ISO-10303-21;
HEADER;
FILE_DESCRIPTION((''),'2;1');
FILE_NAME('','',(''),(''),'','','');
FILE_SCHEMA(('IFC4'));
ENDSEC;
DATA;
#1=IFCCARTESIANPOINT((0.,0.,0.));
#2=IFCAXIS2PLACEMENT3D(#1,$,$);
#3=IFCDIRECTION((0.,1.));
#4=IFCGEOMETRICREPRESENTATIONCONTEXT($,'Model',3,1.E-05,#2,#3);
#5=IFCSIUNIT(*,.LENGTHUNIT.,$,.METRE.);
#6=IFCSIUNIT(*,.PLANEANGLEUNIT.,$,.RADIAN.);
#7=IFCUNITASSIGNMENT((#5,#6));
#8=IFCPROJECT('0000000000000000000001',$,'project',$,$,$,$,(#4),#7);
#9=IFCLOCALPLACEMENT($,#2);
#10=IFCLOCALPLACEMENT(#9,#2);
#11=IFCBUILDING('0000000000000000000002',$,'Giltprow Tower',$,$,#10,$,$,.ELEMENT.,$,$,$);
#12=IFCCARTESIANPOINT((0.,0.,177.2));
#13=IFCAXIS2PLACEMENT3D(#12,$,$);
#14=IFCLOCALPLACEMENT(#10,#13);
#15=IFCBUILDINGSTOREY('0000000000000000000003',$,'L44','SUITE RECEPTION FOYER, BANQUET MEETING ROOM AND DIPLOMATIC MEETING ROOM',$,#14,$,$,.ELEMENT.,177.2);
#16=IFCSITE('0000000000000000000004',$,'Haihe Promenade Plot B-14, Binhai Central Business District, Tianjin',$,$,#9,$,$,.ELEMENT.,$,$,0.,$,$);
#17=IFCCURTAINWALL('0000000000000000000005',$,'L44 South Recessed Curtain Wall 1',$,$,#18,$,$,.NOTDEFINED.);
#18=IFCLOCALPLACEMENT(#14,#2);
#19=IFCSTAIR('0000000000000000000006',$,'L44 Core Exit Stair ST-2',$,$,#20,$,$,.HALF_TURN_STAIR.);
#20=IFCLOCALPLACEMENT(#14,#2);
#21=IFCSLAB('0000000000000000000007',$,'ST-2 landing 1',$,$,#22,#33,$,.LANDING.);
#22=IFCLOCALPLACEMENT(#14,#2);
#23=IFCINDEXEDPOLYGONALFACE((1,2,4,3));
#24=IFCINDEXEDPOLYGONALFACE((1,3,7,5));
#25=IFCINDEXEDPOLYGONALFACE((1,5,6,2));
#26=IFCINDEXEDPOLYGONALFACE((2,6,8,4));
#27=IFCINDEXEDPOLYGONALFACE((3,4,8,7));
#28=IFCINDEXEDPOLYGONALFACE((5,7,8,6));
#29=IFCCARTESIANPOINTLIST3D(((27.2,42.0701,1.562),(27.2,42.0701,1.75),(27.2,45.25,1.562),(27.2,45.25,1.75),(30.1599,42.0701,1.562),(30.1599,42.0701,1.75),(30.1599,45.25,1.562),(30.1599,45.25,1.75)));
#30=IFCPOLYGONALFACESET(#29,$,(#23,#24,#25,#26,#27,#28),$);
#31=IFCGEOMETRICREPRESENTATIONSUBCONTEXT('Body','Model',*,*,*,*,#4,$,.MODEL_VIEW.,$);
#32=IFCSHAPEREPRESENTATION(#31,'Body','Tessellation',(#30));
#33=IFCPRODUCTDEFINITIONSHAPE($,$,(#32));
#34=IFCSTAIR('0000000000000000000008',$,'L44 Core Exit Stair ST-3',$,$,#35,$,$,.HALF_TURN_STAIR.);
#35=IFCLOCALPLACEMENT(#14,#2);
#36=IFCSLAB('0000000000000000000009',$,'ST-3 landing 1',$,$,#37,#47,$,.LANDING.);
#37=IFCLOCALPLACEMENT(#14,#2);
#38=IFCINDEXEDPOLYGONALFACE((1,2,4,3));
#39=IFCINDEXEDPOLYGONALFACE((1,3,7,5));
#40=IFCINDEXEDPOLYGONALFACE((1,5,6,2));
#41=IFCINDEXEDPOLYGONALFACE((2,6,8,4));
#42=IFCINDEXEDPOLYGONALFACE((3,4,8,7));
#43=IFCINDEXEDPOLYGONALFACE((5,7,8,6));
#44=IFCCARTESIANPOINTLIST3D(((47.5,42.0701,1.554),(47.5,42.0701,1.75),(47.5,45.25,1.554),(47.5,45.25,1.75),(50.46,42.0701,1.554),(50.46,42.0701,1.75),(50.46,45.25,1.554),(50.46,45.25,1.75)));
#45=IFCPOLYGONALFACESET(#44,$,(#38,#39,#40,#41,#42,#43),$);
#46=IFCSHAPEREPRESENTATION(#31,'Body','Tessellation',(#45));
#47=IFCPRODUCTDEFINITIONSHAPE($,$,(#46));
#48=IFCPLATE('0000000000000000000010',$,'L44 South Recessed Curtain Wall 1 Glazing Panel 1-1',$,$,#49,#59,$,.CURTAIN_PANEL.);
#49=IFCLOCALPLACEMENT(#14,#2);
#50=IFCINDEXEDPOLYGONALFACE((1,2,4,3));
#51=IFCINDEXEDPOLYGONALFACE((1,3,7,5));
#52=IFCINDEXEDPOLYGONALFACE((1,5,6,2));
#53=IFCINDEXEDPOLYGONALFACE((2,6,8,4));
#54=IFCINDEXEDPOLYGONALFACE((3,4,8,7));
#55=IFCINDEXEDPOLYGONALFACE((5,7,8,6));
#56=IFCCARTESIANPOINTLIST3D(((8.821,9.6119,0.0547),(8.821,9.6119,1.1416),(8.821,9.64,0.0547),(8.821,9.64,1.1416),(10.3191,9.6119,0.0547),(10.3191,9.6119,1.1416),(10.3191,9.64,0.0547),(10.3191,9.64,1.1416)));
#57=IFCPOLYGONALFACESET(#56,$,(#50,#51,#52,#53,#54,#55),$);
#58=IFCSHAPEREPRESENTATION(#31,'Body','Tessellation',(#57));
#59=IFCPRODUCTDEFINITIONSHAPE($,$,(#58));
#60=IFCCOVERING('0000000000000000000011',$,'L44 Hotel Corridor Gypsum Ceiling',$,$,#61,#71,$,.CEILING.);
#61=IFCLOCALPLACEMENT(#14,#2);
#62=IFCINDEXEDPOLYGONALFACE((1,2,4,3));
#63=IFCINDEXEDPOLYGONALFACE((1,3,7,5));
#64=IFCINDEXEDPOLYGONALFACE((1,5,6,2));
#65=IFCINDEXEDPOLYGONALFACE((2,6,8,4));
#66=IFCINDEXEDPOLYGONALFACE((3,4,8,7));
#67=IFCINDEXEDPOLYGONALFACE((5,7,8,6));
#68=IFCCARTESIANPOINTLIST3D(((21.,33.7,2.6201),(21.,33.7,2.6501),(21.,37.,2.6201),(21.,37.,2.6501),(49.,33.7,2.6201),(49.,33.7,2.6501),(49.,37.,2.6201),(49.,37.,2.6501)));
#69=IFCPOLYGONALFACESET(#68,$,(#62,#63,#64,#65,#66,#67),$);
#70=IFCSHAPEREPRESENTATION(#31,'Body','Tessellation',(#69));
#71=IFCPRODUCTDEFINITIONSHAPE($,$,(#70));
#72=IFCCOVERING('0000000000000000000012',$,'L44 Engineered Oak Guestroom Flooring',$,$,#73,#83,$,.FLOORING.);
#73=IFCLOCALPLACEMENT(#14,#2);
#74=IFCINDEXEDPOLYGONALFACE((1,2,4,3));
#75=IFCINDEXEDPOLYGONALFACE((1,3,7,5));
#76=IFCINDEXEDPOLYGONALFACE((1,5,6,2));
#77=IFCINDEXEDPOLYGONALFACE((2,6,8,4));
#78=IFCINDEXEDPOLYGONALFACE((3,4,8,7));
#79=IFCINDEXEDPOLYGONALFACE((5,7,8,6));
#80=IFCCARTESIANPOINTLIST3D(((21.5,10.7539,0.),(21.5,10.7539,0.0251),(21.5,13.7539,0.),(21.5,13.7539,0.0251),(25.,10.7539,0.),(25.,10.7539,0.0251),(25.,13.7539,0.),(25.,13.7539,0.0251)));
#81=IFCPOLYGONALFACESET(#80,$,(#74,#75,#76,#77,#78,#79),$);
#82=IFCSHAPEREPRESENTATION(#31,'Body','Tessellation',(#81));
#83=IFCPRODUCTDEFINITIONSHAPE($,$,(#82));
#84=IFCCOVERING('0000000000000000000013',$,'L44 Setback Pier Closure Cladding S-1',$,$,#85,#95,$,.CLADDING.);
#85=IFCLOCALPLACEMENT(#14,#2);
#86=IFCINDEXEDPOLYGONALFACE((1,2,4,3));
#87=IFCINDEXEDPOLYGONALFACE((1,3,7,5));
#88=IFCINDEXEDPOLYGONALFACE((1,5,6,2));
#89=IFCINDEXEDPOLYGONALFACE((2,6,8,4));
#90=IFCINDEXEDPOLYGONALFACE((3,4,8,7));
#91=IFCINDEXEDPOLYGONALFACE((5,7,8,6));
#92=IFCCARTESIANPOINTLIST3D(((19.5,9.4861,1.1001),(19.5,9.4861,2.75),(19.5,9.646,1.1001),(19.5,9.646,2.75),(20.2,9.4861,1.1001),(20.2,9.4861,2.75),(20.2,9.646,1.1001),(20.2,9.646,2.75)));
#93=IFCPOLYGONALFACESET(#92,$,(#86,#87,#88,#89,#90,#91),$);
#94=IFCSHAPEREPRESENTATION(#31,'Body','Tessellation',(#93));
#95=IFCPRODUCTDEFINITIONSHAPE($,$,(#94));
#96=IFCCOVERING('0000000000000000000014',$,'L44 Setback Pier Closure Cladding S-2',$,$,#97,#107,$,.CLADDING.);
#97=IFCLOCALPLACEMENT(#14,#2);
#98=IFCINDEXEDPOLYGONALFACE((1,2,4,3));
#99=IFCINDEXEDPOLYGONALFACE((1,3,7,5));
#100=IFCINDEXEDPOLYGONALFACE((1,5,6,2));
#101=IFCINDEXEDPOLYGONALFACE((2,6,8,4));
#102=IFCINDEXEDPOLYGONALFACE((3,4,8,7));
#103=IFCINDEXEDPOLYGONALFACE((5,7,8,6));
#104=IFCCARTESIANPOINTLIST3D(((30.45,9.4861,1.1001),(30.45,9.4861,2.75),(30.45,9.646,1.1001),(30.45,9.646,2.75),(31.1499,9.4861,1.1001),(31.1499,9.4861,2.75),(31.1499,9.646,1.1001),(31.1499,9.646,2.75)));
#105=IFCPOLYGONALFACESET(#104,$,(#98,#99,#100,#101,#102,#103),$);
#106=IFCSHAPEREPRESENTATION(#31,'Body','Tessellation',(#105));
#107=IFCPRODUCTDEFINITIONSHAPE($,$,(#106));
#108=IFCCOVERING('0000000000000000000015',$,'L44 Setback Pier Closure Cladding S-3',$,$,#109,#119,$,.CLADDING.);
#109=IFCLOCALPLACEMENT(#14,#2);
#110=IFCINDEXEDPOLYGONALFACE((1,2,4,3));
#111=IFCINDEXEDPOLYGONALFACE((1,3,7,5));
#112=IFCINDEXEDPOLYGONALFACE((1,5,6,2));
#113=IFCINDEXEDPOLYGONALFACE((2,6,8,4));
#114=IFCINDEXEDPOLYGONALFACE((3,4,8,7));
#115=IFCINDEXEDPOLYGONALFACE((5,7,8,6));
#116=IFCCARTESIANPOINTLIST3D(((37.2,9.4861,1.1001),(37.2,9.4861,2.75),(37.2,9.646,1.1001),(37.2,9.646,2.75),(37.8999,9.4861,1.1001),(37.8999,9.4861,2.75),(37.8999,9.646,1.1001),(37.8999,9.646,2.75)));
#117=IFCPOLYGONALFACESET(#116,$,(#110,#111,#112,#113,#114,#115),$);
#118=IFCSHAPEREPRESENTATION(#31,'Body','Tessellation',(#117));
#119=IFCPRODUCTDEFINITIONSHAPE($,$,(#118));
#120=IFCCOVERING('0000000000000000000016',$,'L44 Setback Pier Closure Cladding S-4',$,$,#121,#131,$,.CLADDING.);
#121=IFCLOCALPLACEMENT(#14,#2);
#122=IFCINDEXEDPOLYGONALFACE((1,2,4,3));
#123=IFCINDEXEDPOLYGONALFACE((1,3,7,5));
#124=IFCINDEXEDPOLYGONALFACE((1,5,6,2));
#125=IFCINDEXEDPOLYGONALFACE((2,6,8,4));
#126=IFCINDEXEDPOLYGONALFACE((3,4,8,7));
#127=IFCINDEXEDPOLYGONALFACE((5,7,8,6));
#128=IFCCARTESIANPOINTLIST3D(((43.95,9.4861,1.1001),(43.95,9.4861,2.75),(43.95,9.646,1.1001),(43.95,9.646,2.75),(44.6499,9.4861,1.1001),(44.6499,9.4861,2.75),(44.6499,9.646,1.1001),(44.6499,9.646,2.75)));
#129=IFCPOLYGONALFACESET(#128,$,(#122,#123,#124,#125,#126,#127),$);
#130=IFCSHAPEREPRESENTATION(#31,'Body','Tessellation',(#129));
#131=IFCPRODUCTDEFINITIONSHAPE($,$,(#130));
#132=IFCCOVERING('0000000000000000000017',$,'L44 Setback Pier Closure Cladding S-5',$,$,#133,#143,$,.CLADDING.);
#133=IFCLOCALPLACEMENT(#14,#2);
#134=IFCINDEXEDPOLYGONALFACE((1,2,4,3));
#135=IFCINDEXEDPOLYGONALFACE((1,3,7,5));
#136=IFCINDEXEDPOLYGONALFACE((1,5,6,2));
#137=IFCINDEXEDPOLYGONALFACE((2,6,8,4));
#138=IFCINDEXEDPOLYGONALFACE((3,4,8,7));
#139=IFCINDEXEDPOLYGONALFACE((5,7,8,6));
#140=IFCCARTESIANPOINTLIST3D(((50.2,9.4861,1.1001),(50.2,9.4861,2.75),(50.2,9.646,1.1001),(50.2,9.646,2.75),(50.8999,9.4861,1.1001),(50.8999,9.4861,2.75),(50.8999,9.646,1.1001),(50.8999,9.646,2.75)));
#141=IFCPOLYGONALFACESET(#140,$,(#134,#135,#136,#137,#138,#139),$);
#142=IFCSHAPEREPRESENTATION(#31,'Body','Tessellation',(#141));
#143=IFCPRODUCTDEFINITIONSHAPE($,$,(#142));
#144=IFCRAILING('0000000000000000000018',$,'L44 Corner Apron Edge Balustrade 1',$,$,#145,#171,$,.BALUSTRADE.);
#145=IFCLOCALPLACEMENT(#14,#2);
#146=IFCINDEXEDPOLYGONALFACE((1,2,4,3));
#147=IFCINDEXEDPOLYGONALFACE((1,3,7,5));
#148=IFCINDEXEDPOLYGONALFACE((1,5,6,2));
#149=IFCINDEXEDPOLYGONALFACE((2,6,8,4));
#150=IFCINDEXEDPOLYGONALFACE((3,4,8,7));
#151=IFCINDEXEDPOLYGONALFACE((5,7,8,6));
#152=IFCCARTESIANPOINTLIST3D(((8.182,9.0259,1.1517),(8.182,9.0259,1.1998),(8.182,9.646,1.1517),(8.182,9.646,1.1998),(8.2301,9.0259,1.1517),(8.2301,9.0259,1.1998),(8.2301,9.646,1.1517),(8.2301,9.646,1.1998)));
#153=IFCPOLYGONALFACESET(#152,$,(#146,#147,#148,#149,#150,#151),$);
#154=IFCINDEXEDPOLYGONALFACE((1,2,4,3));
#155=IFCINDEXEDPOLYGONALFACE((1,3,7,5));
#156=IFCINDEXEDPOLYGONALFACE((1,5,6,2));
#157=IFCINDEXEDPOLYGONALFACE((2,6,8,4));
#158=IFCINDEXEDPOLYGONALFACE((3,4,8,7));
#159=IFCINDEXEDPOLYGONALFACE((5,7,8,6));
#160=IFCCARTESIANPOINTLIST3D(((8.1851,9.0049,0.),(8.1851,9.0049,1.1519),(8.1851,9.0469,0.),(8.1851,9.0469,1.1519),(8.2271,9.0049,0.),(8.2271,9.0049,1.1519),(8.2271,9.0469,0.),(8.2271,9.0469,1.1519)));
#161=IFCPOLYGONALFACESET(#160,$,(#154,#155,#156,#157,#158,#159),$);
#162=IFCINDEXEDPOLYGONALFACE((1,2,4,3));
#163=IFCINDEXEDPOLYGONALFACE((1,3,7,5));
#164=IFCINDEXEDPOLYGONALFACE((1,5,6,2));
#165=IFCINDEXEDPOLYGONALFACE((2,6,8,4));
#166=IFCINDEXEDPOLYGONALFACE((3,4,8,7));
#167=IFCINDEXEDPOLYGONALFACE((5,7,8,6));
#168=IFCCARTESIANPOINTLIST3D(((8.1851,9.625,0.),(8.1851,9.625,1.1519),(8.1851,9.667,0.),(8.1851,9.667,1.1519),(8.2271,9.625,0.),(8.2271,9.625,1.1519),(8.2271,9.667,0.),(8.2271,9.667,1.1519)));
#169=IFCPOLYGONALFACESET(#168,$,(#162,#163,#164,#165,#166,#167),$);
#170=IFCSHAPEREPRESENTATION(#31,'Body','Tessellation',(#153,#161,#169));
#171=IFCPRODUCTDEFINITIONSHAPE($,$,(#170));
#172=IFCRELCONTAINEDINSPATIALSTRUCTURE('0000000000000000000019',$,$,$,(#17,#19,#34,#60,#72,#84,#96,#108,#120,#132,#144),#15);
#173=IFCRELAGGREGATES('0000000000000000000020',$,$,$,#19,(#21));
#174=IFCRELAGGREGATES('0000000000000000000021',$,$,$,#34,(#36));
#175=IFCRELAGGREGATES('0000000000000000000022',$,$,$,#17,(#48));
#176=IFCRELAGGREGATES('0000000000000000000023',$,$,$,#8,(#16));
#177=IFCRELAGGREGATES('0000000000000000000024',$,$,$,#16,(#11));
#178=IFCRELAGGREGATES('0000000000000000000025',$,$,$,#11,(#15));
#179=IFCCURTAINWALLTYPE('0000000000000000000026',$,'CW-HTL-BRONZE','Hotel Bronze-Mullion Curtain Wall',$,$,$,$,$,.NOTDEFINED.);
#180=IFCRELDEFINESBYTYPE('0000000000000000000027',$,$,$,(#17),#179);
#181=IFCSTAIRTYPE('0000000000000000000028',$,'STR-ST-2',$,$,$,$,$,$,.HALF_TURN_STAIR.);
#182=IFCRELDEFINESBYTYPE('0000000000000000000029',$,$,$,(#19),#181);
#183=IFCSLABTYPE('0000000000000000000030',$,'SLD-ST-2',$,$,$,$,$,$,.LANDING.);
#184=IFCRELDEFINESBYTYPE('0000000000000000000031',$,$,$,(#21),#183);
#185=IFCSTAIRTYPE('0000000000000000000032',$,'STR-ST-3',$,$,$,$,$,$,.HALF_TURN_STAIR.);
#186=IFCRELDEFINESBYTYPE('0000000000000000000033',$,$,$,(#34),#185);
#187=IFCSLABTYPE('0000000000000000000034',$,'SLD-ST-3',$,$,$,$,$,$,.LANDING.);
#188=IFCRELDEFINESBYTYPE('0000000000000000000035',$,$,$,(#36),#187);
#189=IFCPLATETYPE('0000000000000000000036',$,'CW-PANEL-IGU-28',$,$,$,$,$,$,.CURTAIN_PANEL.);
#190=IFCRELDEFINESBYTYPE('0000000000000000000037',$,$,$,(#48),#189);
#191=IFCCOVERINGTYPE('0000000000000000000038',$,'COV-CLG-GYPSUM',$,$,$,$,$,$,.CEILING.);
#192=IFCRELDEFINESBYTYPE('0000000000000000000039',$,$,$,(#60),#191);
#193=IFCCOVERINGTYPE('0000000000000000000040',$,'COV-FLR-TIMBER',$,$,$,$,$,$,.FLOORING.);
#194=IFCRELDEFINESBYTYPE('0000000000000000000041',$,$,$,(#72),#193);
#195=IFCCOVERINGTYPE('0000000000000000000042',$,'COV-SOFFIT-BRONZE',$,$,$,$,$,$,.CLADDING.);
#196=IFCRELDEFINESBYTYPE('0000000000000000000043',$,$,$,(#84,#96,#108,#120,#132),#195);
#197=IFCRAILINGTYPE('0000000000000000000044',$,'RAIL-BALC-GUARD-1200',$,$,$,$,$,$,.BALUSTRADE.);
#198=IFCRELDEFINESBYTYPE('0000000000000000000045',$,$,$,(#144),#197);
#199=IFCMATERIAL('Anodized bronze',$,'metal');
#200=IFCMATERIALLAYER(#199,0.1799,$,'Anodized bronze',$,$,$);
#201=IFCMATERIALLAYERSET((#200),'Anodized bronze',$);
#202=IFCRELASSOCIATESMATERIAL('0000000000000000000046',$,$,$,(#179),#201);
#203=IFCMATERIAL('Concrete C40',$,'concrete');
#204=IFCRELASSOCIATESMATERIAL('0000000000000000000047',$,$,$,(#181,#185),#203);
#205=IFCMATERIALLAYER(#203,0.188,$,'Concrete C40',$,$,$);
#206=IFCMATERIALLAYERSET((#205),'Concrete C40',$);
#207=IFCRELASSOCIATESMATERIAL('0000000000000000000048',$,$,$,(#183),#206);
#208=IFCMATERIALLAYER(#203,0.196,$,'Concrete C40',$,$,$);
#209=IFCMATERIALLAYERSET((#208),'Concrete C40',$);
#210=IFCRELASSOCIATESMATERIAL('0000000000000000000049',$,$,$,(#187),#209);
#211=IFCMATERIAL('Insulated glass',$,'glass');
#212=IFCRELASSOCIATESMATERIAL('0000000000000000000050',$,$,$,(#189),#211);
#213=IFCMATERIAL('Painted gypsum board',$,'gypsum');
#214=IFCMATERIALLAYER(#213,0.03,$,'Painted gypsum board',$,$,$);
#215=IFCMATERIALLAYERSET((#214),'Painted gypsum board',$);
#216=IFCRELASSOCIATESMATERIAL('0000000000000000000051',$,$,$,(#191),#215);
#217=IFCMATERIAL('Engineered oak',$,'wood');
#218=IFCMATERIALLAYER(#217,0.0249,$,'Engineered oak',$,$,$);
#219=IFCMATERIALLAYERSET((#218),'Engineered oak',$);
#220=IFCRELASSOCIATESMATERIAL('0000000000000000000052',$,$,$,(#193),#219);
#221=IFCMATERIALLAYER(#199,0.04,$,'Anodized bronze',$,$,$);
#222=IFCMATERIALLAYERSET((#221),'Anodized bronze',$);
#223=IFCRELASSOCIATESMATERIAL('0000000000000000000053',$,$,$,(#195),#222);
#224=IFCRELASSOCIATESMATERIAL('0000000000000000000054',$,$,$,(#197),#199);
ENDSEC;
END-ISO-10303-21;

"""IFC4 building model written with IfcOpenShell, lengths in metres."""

from ifc_helpers import new_model, si_unit, direction, frame, origin, origin_2d, place, context, subcontext, project, spatial, polyline, rectangle, outline, extrude, source, transform, mapped, material, layer, layer_set, type_object, element, aggregate, save


model = new_model("IFC4")

# Units and contexts
model_context = context("Model", 3, precision=1e-05, world=origin(), true_north=direction((0.0, 1.0)))
body_context = subcontext(model_context, "Body", "Model", "MODEL_VIEW")
ifc_project = project(units=[si_unit("LENGTHUNIT", "METRE"), si_unit("PLANEANGLEUNIT", "RADIAN")], contexts=[model_context])

# Site, building, storey
site_placement = place(None, origin())
site = spatial("IfcSite", under=ifc_project, at=site_placement, Name="Haihe Promenade Plot B-14, Binhai Central Business District, Tianjin", CompositionType="ELEMENT", RefElevation=0.0)
building_placement = place(site_placement, origin())
building = spatial("IfcBuilding", under=site, at=building_placement, Name="Giltprow Tower", CompositionType="ELEMENT")
storey_placement = place(building_placement, frame((0.0, 0.0, 177.2)))
storey = spatial("IfcBuildingStorey", under=building, at=storey_placement, Name="L44", Description="SUITE RECEPTION FOYER, BANQUET MEETING ROOM AND DIPLOMATIC MEETING ROOM", CompositionType="ELEMENT", Elevation=177.2)

# Curtain wall
ifc_material_1 = material(Name="Anodized bronze", Category="metal")
ifc_layer_1 = layer(ifc_material_1, 0.1799, Name="Anodized bronze")
ifc_layer_set_1 = layer_set([ifc_layer_1], Name="Anodized bronze")
curtain_wall_type = type_object("IfcCurtainWallType", Name="CW-HTL-BRONZE", Description="Hotel Bronze-Mullion Curtain Wall", PredefinedType="NOTDEFINED", material=ifc_layer_set_1)
curtain_wall_placement = place(storey_placement, origin())
curtain_wall = element("IfcCurtainWall", 1, at=curtain_wall_placement, inside=storey, type_object=curtain_wall_type, Name="L44 South Recessed Curtain Wall 1", PredefinedType="NOTDEFINED")

# Shared definitions
ifc_material_2 = material(Name="Concrete C40", Category="concrete")

# Stairs, slabs
stair_type_1 = type_object("IfcStairType", Name="STR-ST-2", PredefinedType="HALF_TURN_STAIR", material=ifc_material_2)
stair_1_placement = place(storey_placement, origin())
stair_1 = element("IfcStair", 2, at=stair_1_placement, inside=storey, type_object=stair_type_1, Name="L44 Core Exit Stair ST-2", PredefinedType="HALF_TURN_STAIR")
ifc_layer_2 = layer(ifc_material_2, 0.188, Name="Concrete C40")
ifc_layer_set_2 = layer_set([ifc_layer_2], Name="Concrete C40")
slab_type_1 = type_object("IfcSlabType", Name="SLD-ST-2", PredefinedType="LANDING", material=ifc_layer_set_2)
slab_1_placement = place(storey_placement, frame((0.0, 0.0, 1.562)))
slab_1 = element("IfcSlab", 3, at=slab_1_placement, type_object=slab_type_1, Name="ST-2 landing 1", PredefinedType="LANDING", context=body_context, shape_type="SweptSolid", body=[
    extrude(outline(polyline([(30.1599, 42.0701), (30.1599, 45.25), (27.2, 45.25), (27.2, 42.0701), (30.1599, 42.0701)])), origin(), (0.0, 0.0, 1.0), 0.188),
])
aggregate(stair_1, [slab_1])
stair_type_2 = type_object("IfcStairType", Name="STR-ST-3", PredefinedType="HALF_TURN_STAIR", material=ifc_material_2)
stair_2_placement = place(storey_placement, origin())
stair_2 = element("IfcStair", 4, at=stair_2_placement, inside=storey, type_object=stair_type_2, Name="L44 Core Exit Stair ST-3", PredefinedType="HALF_TURN_STAIR")
ifc_layer_3 = layer(ifc_material_2, 0.196, Name="Concrete C40")
ifc_layer_set_3 = layer_set([ifc_layer_3], Name="Concrete C40")
slab_type_2 = type_object("IfcSlabType", Name="SLD-ST-3", PredefinedType="LANDING", material=ifc_layer_set_3)
slab_2_placement = place(storey_placement, frame((0.0, 0.0, 1.554)))
slab_2 = element("IfcSlab", 5, at=slab_2_placement, type_object=slab_type_2, Name="ST-3 landing 1", PredefinedType="LANDING", context=body_context, shape_type="SweptSolid", body=[
    extrude(outline(polyline([(50.46, 42.0701), (50.46, 45.25), (47.5, 45.25), (47.5, 42.0701), (50.46, 42.0701)])), origin(), (0.0, 0.0, 1.0), 0.196),
])
aggregate(stair_2, [slab_2])

# Plate
ifc_material_3 = material(Name="Insulated glass", Category="glass")
plate_type = type_object("IfcPlateType", Name="CW-PANEL-IGU-28", PredefinedType="CURTAIN_PANEL", material=ifc_material_3)
shared_shape_1 = source(origin(), body_context, "Body", "SweptSolid", [
    extrude(rectangle(XDim=1.498, YDim=0.0281, at=origin_2d()), origin(), (0.0, 0.0, 1.0), 1.0869),
])
plate_placement = place(storey_placement, frame((9.5701, 9.626, 0.0547), z_axis=(0.0, 0.0, 1.0), x_axis=(1.0, 0.0, 0.0)))
plate = element("IfcPlate", 6, at=plate_placement, type_object=plate_type, Name="L44 South Recessed Curtain Wall 1 Glazing Panel 1-1", PredefinedType="CURTAIN_PANEL", context=body_context, shape_type="MappedRepresentation", body=[
    mapped(shared_shape_1, transform((0.0, 0.0, 0.0), x_axis=(1.0, 0.0, 0.0), y_axis=(0.0, 1.0, 0.0), z_axis=(0.0, 0.0, 1.0), scale=1.0)),
])
aggregate(curtain_wall, [plate])

# Coverings
ifc_material_4 = material(Name="Painted gypsum board", Category="gypsum")
ifc_layer_4 = layer(ifc_material_4, 0.03, Name="Painted gypsum board")
ifc_layer_set_4 = layer_set([ifc_layer_4], Name="Painted gypsum board")
covering_type_1 = type_object("IfcCoveringType", Name="COV-CLG-GYPSUM", PredefinedType="CEILING", material=ifc_layer_set_4)
covering_1_placement = place(storey_placement, frame((0.0, 0.0, 2.6201)))
element("IfcCovering", 7, at=covering_1_placement, inside=storey, type_object=covering_type_1, Name="L44 Hotel Corridor Gypsum Ceiling", PredefinedType="CEILING", context=body_context, shape_type="SweptSolid", body=[
    extrude(outline(polyline([(21.0, 33.7), (49.0, 33.7), (49.0, 37.0), (21.0, 37.0), (21.0, 33.7)])), origin(), (0.0, 0.0, 1.0), 0.03),
])
ifc_material_5 = material(Name="Engineered oak", Category="wood")
ifc_layer_5 = layer(ifc_material_5, 0.0249, Name="Engineered oak")
ifc_layer_set_5 = layer_set([ifc_layer_5], Name="Engineered oak")
covering_type_2 = type_object("IfcCoveringType", Name="COV-FLR-TIMBER", PredefinedType="FLOORING", material=ifc_layer_set_5)
covering_2_placement = place(storey_placement, origin())
element("IfcCovering", 8, at=covering_2_placement, inside=storey, type_object=covering_type_2, Name="L44 Engineered Oak Guestroom Flooring", PredefinedType="FLOORING", context=body_context, shape_type="SweptSolid", body=[
    extrude(outline(polyline([(21.5, 10.7539), (25.0, 10.7539), (25.0, 13.7539), (21.5, 13.7539), (21.5, 10.7539)])), origin(), (0.0, 0.0, 1.0), 0.0251),
])
ifc_layer_6 = layer(ifc_material_1, 0.04, Name="Anodized bronze")
ifc_layer_set_6 = layer_set([ifc_layer_6], Name="Anodized bronze")
covering_type_3 = type_object("IfcCoveringType", Name="COV-SOFFIT-BRONZE", PredefinedType="CLADDING", material=ifc_layer_set_6)
covering_3_placement = place(storey_placement, frame((0.0, 0.0, 1.1001)))
element("IfcCovering", 9, at=covering_3_placement, inside=storey, type_object=covering_type_3, Name="L44 Setback Pier Closure Cladding S-1", PredefinedType="CLADDING", context=body_context, shape_type="SweptSolid", body=[
    extrude(outline(polyline([(19.5, 9.4861), (20.2, 9.4861), (20.2, 9.646), (19.5, 9.646), (19.5, 9.4861)])), origin(), (0.0, 0.0, 1.0), 1.6499),
])
covering_4_placement = place(storey_placement, frame((0.0, 0.0, 1.1001)))
element("IfcCovering", 10, at=covering_4_placement, inside=storey, type_object=covering_type_3, Name="L44 Setback Pier Closure Cladding S-2", PredefinedType="CLADDING", context=body_context, shape_type="SweptSolid", body=[
    extrude(outline(polyline([(30.45, 9.4861), (31.1499, 9.4861), (31.1499, 9.646), (30.45, 9.646), (30.45, 9.4861)])), origin(), (0.0, 0.0, 1.0), 1.6499),
])
covering_5_placement = place(storey_placement, frame((0.0, 0.0, 1.1001)))
element("IfcCovering", 11, at=covering_5_placement, inside=storey, type_object=covering_type_3, Name="L44 Setback Pier Closure Cladding S-3", PredefinedType="CLADDING", context=body_context, shape_type="SweptSolid", body=[
    extrude(outline(polyline([(37.2, 9.4861), (37.8999, 9.4861), (37.8999, 9.646), (37.2, 9.646), (37.2, 9.4861)])), origin(), (0.0, 0.0, 1.0), 1.6499),
])
covering_6_placement = place(storey_placement, frame((0.0, 0.0, 1.1001)))
element("IfcCovering", 12, at=covering_6_placement, inside=storey, type_object=covering_type_3, Name="L44 Setback Pier Closure Cladding S-4", PredefinedType="CLADDING", context=body_context, shape_type="SweptSolid", body=[
    extrude(outline(polyline([(43.95, 9.4861), (44.6499, 9.4861), (44.6499, 9.646), (43.95, 9.646), (43.95, 9.4861)])), origin(), (0.0, 0.0, 1.0), 1.6499),
])
covering_7_placement = place(storey_placement, frame((0.0, 0.0, 1.1001)))
element("IfcCovering", 13, at=covering_7_placement, inside=storey, type_object=covering_type_3, Name="L44 Setback Pier Closure Cladding S-5", PredefinedType="CLADDING", context=body_context, shape_type="SweptSolid", body=[
    extrude(outline(polyline([(50.2, 9.4861), (50.8999, 9.4861), (50.8999, 9.646), (50.2, 9.646), (50.2, 9.4861)])), origin(), (0.0, 0.0, 1.0), 1.6499),
])

# Railing
railing_type = type_object("IfcRailingType", Name="RAIL-BALC-GUARD-1200", PredefinedType="BALUSTRADE", material=ifc_material_1)
railing_placement = place(storey_placement, frame((8.2061, 9.0259, 0.0)))
element("IfcRailing", 14, at=railing_placement, inside=storey, type_object=railing_type, Name="L44 Corner Apron Edge Balustrade 1", PredefinedType="BALUSTRADE", context=body_context, shape_type="SweptSolid", body=[
    extrude(rectangle(XDim=0.0481, YDim=0.0481, at=origin_2d()), frame((0.0, 0.0, 1.1758), z_axis=(0.0, 1.0, 0.0), x_axis=(-1.0, 0.0, 0.0)), (0.0, 0.0, 1.0), 0.6201),
    extrude(rectangle(XDim=0.042, YDim=0.042, at=origin_2d()), origin(), (0.0, 0.0, 1.0), 1.1519),
    extrude(rectangle(XDim=0.042, YDim=0.042, at=origin_2d()), frame((0.0, 0.6201, 0.0)), (0.0, 0.0, 1.0), 1.1519),
])

save(model, "model.ifc")
